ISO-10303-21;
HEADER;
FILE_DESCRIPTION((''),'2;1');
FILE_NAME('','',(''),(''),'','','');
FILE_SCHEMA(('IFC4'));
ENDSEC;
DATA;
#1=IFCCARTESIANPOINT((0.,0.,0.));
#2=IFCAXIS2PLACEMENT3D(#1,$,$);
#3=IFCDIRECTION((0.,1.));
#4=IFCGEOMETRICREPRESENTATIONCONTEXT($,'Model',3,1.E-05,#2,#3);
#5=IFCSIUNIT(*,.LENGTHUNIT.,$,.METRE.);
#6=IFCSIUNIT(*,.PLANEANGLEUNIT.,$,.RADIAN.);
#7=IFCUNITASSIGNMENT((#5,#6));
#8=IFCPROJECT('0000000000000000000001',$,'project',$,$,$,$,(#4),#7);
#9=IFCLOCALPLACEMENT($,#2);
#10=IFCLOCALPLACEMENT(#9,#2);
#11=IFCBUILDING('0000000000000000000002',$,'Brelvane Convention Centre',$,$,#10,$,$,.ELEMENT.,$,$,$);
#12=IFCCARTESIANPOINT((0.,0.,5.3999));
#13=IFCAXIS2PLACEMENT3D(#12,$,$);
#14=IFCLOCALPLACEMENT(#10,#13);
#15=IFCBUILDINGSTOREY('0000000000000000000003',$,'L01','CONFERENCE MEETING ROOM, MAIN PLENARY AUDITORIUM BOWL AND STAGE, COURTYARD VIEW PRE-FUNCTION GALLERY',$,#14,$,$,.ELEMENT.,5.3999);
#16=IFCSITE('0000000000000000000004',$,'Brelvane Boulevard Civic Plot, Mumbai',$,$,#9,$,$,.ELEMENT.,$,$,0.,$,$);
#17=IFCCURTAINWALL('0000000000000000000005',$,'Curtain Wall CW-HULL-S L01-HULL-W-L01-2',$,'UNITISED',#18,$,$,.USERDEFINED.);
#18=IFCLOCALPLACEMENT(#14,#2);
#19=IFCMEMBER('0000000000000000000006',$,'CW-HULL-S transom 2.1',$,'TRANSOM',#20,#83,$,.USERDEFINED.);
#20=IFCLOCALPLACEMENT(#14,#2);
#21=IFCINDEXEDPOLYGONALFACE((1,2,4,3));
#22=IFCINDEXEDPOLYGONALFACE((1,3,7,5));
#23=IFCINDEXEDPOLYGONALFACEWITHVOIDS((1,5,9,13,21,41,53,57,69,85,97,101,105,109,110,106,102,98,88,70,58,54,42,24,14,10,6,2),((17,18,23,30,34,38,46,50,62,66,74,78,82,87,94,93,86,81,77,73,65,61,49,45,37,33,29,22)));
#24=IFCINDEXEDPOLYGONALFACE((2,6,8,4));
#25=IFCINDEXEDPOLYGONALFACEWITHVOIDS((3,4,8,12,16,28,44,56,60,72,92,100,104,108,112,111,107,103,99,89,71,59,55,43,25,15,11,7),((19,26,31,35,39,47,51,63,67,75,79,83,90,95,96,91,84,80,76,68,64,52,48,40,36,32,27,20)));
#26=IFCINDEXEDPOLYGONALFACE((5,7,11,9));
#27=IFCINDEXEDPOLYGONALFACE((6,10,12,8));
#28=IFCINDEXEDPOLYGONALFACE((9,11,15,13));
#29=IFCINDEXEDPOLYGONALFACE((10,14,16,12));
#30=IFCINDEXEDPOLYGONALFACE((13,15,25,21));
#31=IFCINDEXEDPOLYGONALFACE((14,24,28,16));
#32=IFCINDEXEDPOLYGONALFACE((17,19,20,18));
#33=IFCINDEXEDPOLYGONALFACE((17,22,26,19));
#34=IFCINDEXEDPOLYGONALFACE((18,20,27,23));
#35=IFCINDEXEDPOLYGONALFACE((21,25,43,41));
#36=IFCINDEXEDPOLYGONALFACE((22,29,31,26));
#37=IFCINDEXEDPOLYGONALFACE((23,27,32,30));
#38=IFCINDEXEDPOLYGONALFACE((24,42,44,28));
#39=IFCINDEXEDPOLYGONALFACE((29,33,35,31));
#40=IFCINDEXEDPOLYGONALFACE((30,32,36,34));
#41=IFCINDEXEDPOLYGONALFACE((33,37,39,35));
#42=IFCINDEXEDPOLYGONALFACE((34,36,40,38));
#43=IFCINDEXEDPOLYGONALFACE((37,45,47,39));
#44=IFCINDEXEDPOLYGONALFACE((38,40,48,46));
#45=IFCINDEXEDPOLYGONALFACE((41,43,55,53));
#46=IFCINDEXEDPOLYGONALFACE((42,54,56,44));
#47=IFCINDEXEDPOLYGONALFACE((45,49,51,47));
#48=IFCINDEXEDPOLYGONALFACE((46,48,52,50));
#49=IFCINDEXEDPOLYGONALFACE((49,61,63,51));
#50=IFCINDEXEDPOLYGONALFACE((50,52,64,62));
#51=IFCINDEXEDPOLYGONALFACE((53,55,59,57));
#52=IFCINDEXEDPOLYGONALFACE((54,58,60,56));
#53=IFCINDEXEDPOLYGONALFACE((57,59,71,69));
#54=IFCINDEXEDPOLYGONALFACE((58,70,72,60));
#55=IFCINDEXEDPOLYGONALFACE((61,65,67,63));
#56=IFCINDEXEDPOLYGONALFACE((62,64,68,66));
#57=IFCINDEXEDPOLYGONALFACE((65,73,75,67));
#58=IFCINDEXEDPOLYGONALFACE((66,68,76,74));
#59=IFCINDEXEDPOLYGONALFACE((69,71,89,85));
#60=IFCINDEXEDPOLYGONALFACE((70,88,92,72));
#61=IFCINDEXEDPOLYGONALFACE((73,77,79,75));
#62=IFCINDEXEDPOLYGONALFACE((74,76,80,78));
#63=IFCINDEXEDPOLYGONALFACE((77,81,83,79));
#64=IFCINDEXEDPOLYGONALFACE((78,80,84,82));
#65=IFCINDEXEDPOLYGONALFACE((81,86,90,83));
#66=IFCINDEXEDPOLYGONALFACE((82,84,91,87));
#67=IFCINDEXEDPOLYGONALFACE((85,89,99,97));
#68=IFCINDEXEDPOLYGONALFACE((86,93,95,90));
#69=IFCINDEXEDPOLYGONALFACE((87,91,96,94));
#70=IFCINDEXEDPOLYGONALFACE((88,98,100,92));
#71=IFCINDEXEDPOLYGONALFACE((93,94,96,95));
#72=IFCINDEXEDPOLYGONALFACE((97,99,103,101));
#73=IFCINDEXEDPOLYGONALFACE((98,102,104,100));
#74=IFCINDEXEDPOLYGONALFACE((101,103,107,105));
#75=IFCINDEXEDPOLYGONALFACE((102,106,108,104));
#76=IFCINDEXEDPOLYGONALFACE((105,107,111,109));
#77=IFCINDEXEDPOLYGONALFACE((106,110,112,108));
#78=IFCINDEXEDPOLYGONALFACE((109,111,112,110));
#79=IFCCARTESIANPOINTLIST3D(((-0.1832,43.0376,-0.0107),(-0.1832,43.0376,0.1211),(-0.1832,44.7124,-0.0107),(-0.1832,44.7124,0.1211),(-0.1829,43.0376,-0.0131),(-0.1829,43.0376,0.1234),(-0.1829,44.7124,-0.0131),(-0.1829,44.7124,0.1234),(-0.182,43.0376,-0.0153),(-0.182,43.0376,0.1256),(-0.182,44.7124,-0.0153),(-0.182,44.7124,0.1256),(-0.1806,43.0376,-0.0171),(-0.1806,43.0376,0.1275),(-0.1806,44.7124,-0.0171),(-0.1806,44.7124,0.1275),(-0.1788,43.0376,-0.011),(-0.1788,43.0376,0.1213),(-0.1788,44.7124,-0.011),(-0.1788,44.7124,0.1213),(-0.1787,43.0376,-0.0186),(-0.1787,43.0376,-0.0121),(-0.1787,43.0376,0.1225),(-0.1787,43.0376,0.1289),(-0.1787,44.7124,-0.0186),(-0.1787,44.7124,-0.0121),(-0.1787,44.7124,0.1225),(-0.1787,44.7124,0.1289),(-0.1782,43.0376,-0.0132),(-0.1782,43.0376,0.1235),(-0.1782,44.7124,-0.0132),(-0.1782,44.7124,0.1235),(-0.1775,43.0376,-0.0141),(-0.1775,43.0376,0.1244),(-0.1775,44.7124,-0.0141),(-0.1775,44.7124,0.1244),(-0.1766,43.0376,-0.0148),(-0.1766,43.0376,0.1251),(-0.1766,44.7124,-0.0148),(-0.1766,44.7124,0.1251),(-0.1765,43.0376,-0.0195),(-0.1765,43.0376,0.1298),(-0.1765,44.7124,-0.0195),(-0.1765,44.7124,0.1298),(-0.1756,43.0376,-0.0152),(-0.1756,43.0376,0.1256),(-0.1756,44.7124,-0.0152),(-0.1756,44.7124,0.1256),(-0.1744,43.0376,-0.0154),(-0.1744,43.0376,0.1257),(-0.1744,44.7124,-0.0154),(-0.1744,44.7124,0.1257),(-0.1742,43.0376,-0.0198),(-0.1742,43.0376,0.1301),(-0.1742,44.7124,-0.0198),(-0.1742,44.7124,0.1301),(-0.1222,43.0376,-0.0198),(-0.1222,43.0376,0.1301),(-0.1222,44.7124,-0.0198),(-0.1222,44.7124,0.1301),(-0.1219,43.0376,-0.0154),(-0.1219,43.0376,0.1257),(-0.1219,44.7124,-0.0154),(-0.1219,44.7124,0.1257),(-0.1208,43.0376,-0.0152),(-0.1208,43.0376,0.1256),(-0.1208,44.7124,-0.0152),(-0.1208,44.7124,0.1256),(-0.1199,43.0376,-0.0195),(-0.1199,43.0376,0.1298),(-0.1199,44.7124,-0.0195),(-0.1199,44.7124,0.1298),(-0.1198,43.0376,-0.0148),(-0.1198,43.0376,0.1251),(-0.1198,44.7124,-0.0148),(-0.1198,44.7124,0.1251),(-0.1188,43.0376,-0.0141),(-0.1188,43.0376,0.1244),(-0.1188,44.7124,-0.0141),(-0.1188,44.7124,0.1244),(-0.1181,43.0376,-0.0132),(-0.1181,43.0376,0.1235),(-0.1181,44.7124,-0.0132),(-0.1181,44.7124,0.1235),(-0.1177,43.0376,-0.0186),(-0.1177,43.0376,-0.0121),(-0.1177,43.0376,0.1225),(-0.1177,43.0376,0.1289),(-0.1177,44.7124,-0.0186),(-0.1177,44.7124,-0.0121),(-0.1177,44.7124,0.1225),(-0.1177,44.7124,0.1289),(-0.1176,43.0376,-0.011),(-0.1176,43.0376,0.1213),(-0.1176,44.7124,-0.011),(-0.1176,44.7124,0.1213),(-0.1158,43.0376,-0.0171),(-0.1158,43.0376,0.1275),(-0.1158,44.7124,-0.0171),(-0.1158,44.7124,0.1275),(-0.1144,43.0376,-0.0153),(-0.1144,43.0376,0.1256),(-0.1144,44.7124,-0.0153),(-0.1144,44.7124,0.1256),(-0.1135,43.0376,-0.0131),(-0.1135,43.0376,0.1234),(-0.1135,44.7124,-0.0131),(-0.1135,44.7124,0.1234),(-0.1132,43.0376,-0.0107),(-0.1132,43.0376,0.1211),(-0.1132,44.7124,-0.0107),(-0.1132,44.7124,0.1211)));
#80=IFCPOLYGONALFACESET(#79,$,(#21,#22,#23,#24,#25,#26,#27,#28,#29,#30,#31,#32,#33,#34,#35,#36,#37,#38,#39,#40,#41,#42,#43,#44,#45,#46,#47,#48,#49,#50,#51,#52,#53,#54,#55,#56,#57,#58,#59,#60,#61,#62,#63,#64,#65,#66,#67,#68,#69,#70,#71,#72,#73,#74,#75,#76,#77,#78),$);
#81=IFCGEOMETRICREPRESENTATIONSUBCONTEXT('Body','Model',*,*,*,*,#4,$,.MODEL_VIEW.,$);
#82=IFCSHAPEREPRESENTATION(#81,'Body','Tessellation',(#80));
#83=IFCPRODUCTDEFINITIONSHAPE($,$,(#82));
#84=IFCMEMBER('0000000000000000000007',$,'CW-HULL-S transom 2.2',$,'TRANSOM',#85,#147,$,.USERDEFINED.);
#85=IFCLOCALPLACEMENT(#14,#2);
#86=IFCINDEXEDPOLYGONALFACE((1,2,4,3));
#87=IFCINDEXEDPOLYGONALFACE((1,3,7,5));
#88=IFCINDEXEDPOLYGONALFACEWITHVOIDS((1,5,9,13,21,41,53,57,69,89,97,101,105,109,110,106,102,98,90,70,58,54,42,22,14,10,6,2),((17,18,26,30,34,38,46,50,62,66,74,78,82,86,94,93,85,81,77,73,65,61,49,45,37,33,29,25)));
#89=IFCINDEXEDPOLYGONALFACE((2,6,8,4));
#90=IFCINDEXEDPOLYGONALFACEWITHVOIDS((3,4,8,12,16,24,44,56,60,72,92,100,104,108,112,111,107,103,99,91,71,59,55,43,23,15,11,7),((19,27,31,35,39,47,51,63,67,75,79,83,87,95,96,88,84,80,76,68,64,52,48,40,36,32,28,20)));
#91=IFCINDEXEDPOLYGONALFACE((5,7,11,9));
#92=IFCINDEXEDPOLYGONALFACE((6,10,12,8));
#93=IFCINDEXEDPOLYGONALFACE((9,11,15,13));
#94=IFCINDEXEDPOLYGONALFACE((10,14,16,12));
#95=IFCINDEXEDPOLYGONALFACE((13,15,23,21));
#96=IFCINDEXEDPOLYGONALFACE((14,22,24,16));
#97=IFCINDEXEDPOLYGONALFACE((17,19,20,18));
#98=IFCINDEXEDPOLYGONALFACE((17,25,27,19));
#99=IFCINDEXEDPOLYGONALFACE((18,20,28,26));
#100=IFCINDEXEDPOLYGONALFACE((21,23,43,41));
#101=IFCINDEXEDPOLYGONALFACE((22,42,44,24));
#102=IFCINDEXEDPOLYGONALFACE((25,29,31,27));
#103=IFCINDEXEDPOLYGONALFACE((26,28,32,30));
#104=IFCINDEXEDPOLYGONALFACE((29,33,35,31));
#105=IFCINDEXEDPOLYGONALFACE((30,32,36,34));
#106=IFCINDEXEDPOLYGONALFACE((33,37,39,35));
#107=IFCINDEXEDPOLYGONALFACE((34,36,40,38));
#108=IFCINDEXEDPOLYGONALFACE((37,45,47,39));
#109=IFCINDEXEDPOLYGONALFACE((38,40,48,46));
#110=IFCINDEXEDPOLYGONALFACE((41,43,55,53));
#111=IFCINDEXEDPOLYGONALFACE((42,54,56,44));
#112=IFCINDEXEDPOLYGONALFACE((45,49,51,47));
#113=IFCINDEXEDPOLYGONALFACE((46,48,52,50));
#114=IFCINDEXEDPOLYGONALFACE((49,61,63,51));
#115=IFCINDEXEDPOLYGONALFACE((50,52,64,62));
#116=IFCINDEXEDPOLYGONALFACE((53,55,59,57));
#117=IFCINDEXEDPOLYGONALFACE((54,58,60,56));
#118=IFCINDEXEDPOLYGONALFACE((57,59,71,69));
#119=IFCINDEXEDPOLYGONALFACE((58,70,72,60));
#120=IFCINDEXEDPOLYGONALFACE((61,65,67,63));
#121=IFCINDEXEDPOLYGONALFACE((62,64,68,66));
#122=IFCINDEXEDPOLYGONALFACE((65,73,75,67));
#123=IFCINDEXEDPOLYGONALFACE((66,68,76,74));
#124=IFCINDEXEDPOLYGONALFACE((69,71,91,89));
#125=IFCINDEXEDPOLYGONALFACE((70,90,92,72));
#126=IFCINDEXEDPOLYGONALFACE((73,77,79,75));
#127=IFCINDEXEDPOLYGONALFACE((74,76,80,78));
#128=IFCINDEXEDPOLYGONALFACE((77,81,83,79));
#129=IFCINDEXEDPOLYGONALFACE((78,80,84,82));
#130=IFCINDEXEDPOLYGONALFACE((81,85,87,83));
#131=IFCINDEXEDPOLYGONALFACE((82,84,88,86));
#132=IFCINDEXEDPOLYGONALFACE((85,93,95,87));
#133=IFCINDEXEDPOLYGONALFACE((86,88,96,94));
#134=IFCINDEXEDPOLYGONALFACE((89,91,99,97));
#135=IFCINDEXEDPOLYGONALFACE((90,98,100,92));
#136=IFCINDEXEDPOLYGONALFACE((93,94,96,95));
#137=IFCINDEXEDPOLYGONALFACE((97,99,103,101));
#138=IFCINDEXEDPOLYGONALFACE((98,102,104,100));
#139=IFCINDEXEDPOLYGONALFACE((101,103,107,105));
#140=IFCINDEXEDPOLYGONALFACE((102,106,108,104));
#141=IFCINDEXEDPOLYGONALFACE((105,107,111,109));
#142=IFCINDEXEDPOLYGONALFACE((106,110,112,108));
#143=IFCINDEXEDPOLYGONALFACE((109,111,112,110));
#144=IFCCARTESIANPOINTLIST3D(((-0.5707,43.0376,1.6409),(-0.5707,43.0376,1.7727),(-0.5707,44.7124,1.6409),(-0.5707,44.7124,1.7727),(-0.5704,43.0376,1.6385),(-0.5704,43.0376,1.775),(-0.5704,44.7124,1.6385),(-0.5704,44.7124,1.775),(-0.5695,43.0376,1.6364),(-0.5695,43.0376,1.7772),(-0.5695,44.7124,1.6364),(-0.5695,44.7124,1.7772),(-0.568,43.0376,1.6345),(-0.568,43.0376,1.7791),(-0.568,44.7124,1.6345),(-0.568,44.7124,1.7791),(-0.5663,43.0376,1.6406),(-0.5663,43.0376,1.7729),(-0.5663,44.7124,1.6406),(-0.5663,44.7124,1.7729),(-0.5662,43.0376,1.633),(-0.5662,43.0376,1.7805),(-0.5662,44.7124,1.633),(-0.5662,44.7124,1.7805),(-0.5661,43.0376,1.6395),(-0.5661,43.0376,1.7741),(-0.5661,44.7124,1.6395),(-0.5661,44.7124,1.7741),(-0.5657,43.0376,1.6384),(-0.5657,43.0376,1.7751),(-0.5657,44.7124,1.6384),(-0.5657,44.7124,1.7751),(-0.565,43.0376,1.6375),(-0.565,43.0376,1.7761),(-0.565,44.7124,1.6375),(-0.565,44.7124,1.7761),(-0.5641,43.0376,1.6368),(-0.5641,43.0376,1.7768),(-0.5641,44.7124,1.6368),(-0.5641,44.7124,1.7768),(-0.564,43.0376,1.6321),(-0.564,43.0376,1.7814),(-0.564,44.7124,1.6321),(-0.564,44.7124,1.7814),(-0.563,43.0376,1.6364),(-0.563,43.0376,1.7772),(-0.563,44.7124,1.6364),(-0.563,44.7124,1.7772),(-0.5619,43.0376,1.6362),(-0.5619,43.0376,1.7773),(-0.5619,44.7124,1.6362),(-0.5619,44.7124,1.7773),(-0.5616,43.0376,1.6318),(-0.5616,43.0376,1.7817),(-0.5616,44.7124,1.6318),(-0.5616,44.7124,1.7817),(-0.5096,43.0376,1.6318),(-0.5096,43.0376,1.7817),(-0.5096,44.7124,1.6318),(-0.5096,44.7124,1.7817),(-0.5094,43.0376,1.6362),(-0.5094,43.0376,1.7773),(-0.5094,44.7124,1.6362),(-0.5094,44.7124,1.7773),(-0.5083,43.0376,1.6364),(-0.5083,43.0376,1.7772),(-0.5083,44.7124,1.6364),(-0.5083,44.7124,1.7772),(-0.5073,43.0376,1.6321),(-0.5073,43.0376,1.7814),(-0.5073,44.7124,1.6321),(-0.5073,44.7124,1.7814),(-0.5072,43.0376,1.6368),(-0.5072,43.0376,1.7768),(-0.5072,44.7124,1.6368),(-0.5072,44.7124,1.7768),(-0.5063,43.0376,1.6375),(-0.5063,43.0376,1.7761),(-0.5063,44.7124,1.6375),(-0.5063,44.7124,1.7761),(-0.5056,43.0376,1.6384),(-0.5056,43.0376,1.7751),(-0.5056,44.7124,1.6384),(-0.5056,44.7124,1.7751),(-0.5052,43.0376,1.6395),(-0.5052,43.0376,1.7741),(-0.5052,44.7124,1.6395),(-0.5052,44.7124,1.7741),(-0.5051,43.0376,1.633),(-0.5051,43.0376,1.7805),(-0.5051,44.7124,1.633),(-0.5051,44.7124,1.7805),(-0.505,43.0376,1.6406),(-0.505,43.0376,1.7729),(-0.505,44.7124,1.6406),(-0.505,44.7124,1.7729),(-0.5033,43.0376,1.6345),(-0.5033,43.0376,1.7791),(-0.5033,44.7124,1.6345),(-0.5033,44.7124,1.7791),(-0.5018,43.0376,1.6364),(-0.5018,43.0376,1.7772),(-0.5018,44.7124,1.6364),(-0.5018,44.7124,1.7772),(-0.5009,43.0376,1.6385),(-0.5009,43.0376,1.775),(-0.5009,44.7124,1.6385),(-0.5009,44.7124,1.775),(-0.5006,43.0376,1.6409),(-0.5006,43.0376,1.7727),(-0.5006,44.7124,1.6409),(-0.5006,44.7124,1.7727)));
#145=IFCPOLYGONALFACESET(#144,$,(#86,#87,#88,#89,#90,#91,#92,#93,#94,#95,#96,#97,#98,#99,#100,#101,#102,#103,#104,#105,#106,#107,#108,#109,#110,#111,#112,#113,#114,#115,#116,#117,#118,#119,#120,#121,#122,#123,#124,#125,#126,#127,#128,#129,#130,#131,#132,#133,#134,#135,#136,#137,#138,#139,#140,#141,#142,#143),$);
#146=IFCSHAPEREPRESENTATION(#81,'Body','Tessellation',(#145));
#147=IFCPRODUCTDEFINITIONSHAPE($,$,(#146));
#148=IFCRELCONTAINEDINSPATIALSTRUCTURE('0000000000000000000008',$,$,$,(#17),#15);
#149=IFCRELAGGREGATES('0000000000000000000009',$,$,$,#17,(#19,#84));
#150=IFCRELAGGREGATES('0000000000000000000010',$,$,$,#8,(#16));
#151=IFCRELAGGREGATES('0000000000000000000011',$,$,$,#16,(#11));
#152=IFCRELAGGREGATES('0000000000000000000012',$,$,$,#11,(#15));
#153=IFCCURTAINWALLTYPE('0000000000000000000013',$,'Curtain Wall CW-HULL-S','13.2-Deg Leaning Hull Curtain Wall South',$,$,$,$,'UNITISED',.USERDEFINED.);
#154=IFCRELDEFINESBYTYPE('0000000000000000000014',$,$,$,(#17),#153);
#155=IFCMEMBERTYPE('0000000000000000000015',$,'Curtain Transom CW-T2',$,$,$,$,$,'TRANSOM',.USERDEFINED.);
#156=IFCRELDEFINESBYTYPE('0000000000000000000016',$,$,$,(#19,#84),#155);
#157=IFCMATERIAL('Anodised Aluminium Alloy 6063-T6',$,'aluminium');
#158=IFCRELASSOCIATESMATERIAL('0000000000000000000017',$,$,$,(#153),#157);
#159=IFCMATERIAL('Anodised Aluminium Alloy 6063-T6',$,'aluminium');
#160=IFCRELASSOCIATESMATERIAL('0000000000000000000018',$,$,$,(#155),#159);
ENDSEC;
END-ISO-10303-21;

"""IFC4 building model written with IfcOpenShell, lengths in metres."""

from ifc_helpers import new_model, si_unit, direction, frame, origin, origin_2d, place, context, subcontext, project, spatial, hollow_rectangle, extrude, material, material_profile, profile_set, type_object, element, aggregate, save


model = new_model("IFC4")

# Units and contexts
model_context = context("Model", 3, precision=1e-05, world=origin(), true_north=direction((0.0, 1.0)))
body_context = subcontext(model_context, "Body", "Model", "MODEL_VIEW")
ifc_project = project(units=[si_unit("LENGTHUNIT", "METRE"), si_unit("PLANEANGLEUNIT", "RADIAN")], contexts=[model_context])

# Site, building, storey
site_placement = place(None, origin())
site = spatial("IfcSite", under=ifc_project, at=site_placement, Name="Brelvane Boulevard Civic Plot, Mumbai", CompositionType="ELEMENT", RefElevation=0.0)
building_placement = place(site_placement, origin())
building = spatial("IfcBuilding", under=site, at=building_placement, Name="Brelvane Convention Centre", CompositionType="ELEMENT")
storey_placement = place(building_placement, frame((0.0, 0.0, 5.3999)))
storey = spatial("IfcBuildingStorey", under=building, at=storey_placement, Name="L01", Description="CONFERENCE MEETING ROOM, MAIN PLENARY AUDITORIUM BOWL AND STAGE, COURTYARD VIEW PRE-FUNCTION GALLERY", CompositionType="ELEMENT", Elevation=5.3999)

# Curtain wall
ifc_material_1 = material(Name="Anodised Aluminium Alloy 6063-T6", Category="aluminium")
curtain_wall_type = type_object("IfcCurtainWallType", Name="Curtain Wall CW-HULL-S", Description="13.2-Deg Leaning Hull Curtain Wall South", ElementType="UNITISED", PredefinedType="USERDEFINED", material=ifc_material_1)
curtain_wall_1_placement = place(storey_placement, origin())
curtain_wall_1 = element("IfcCurtainWall", 1, at=curtain_wall_1_placement, inside=storey, type_object=curtain_wall_type, Name="Curtain Wall CW-HULL-S L01-HULL-W-L01-2", ObjectType="UNITISED", PredefinedType="USERDEFINED")

# Members
ifc_material_2 = material(Name="Anodised Aluminium Alloy 6063-T6", Category="aluminium")
ifc_material_profile_1 = material_profile(ifc_material_2, hollow_rectangle(XDim=0.0701, YDim=0.1499, WallThickness=0.0044, InnerFilletRadius=0.0044, OuterFilletRadius=0.009, at=origin_2d()), Name="ALU-T 150x70x4.5")
ifc_profile_set_1 = profile_set([ifc_material_profile_1], Name="Anodised Aluminium Alloy 6063-T6")
member_type_1 = type_object("IfcMemberType", Name="Curtain Transom CW-T2", ElementType="TRANSOM", PredefinedType="USERDEFINED", material=ifc_profile_set_1)
member_1_placement = place(storey_placement, frame((-0.1482, 43.0376, 0.0552), z_axis=(0.0, 1.0, 0.0), x_axis=(-1.0, 0.0, 0.0)))
member_1 = element("IfcMember", 2, at=member_1_placement, type_object=member_type_1, Name="CW-HULL-S transom 2.1", ObjectType="TRANSOM", PredefinedType="USERDEFINED", context=body_context, shape_type="SweptSolid", body=[
    extrude(hollow_rectangle(XDim=0.0701, YDim=0.1499, WallThickness=0.0044, InnerFilletRadius=0.0044, OuterFilletRadius=0.009, at=origin_2d()), origin(), (0.0, 0.0, 1.0), 1.6748),
])
member_2_placement = place(storey_placement, frame((-0.5356, 43.0376, 1.7068), z_axis=(0.0, 1.0, 0.0), x_axis=(-1.0, 0.0, 0.0)))
member_2 = element("IfcMember", 3, at=member_2_placement, type_object=member_type_1, Name="CW-HULL-S transom 2.2", ObjectType="TRANSOM", PredefinedType="USERDEFINED", context=body_context, shape_type="SweptSolid", body=[
    extrude(hollow_rectangle(XDim=0.0701, YDim=0.1499, WallThickness=0.0044, InnerFilletRadius=0.0044, OuterFilletRadius=0.009, at=origin_2d()), origin(), (0.0, 0.0, 1.0), 1.6748),
])

aggregate(curtain_wall_1, [member_1, member_2])

save(model, "model.ifc")
